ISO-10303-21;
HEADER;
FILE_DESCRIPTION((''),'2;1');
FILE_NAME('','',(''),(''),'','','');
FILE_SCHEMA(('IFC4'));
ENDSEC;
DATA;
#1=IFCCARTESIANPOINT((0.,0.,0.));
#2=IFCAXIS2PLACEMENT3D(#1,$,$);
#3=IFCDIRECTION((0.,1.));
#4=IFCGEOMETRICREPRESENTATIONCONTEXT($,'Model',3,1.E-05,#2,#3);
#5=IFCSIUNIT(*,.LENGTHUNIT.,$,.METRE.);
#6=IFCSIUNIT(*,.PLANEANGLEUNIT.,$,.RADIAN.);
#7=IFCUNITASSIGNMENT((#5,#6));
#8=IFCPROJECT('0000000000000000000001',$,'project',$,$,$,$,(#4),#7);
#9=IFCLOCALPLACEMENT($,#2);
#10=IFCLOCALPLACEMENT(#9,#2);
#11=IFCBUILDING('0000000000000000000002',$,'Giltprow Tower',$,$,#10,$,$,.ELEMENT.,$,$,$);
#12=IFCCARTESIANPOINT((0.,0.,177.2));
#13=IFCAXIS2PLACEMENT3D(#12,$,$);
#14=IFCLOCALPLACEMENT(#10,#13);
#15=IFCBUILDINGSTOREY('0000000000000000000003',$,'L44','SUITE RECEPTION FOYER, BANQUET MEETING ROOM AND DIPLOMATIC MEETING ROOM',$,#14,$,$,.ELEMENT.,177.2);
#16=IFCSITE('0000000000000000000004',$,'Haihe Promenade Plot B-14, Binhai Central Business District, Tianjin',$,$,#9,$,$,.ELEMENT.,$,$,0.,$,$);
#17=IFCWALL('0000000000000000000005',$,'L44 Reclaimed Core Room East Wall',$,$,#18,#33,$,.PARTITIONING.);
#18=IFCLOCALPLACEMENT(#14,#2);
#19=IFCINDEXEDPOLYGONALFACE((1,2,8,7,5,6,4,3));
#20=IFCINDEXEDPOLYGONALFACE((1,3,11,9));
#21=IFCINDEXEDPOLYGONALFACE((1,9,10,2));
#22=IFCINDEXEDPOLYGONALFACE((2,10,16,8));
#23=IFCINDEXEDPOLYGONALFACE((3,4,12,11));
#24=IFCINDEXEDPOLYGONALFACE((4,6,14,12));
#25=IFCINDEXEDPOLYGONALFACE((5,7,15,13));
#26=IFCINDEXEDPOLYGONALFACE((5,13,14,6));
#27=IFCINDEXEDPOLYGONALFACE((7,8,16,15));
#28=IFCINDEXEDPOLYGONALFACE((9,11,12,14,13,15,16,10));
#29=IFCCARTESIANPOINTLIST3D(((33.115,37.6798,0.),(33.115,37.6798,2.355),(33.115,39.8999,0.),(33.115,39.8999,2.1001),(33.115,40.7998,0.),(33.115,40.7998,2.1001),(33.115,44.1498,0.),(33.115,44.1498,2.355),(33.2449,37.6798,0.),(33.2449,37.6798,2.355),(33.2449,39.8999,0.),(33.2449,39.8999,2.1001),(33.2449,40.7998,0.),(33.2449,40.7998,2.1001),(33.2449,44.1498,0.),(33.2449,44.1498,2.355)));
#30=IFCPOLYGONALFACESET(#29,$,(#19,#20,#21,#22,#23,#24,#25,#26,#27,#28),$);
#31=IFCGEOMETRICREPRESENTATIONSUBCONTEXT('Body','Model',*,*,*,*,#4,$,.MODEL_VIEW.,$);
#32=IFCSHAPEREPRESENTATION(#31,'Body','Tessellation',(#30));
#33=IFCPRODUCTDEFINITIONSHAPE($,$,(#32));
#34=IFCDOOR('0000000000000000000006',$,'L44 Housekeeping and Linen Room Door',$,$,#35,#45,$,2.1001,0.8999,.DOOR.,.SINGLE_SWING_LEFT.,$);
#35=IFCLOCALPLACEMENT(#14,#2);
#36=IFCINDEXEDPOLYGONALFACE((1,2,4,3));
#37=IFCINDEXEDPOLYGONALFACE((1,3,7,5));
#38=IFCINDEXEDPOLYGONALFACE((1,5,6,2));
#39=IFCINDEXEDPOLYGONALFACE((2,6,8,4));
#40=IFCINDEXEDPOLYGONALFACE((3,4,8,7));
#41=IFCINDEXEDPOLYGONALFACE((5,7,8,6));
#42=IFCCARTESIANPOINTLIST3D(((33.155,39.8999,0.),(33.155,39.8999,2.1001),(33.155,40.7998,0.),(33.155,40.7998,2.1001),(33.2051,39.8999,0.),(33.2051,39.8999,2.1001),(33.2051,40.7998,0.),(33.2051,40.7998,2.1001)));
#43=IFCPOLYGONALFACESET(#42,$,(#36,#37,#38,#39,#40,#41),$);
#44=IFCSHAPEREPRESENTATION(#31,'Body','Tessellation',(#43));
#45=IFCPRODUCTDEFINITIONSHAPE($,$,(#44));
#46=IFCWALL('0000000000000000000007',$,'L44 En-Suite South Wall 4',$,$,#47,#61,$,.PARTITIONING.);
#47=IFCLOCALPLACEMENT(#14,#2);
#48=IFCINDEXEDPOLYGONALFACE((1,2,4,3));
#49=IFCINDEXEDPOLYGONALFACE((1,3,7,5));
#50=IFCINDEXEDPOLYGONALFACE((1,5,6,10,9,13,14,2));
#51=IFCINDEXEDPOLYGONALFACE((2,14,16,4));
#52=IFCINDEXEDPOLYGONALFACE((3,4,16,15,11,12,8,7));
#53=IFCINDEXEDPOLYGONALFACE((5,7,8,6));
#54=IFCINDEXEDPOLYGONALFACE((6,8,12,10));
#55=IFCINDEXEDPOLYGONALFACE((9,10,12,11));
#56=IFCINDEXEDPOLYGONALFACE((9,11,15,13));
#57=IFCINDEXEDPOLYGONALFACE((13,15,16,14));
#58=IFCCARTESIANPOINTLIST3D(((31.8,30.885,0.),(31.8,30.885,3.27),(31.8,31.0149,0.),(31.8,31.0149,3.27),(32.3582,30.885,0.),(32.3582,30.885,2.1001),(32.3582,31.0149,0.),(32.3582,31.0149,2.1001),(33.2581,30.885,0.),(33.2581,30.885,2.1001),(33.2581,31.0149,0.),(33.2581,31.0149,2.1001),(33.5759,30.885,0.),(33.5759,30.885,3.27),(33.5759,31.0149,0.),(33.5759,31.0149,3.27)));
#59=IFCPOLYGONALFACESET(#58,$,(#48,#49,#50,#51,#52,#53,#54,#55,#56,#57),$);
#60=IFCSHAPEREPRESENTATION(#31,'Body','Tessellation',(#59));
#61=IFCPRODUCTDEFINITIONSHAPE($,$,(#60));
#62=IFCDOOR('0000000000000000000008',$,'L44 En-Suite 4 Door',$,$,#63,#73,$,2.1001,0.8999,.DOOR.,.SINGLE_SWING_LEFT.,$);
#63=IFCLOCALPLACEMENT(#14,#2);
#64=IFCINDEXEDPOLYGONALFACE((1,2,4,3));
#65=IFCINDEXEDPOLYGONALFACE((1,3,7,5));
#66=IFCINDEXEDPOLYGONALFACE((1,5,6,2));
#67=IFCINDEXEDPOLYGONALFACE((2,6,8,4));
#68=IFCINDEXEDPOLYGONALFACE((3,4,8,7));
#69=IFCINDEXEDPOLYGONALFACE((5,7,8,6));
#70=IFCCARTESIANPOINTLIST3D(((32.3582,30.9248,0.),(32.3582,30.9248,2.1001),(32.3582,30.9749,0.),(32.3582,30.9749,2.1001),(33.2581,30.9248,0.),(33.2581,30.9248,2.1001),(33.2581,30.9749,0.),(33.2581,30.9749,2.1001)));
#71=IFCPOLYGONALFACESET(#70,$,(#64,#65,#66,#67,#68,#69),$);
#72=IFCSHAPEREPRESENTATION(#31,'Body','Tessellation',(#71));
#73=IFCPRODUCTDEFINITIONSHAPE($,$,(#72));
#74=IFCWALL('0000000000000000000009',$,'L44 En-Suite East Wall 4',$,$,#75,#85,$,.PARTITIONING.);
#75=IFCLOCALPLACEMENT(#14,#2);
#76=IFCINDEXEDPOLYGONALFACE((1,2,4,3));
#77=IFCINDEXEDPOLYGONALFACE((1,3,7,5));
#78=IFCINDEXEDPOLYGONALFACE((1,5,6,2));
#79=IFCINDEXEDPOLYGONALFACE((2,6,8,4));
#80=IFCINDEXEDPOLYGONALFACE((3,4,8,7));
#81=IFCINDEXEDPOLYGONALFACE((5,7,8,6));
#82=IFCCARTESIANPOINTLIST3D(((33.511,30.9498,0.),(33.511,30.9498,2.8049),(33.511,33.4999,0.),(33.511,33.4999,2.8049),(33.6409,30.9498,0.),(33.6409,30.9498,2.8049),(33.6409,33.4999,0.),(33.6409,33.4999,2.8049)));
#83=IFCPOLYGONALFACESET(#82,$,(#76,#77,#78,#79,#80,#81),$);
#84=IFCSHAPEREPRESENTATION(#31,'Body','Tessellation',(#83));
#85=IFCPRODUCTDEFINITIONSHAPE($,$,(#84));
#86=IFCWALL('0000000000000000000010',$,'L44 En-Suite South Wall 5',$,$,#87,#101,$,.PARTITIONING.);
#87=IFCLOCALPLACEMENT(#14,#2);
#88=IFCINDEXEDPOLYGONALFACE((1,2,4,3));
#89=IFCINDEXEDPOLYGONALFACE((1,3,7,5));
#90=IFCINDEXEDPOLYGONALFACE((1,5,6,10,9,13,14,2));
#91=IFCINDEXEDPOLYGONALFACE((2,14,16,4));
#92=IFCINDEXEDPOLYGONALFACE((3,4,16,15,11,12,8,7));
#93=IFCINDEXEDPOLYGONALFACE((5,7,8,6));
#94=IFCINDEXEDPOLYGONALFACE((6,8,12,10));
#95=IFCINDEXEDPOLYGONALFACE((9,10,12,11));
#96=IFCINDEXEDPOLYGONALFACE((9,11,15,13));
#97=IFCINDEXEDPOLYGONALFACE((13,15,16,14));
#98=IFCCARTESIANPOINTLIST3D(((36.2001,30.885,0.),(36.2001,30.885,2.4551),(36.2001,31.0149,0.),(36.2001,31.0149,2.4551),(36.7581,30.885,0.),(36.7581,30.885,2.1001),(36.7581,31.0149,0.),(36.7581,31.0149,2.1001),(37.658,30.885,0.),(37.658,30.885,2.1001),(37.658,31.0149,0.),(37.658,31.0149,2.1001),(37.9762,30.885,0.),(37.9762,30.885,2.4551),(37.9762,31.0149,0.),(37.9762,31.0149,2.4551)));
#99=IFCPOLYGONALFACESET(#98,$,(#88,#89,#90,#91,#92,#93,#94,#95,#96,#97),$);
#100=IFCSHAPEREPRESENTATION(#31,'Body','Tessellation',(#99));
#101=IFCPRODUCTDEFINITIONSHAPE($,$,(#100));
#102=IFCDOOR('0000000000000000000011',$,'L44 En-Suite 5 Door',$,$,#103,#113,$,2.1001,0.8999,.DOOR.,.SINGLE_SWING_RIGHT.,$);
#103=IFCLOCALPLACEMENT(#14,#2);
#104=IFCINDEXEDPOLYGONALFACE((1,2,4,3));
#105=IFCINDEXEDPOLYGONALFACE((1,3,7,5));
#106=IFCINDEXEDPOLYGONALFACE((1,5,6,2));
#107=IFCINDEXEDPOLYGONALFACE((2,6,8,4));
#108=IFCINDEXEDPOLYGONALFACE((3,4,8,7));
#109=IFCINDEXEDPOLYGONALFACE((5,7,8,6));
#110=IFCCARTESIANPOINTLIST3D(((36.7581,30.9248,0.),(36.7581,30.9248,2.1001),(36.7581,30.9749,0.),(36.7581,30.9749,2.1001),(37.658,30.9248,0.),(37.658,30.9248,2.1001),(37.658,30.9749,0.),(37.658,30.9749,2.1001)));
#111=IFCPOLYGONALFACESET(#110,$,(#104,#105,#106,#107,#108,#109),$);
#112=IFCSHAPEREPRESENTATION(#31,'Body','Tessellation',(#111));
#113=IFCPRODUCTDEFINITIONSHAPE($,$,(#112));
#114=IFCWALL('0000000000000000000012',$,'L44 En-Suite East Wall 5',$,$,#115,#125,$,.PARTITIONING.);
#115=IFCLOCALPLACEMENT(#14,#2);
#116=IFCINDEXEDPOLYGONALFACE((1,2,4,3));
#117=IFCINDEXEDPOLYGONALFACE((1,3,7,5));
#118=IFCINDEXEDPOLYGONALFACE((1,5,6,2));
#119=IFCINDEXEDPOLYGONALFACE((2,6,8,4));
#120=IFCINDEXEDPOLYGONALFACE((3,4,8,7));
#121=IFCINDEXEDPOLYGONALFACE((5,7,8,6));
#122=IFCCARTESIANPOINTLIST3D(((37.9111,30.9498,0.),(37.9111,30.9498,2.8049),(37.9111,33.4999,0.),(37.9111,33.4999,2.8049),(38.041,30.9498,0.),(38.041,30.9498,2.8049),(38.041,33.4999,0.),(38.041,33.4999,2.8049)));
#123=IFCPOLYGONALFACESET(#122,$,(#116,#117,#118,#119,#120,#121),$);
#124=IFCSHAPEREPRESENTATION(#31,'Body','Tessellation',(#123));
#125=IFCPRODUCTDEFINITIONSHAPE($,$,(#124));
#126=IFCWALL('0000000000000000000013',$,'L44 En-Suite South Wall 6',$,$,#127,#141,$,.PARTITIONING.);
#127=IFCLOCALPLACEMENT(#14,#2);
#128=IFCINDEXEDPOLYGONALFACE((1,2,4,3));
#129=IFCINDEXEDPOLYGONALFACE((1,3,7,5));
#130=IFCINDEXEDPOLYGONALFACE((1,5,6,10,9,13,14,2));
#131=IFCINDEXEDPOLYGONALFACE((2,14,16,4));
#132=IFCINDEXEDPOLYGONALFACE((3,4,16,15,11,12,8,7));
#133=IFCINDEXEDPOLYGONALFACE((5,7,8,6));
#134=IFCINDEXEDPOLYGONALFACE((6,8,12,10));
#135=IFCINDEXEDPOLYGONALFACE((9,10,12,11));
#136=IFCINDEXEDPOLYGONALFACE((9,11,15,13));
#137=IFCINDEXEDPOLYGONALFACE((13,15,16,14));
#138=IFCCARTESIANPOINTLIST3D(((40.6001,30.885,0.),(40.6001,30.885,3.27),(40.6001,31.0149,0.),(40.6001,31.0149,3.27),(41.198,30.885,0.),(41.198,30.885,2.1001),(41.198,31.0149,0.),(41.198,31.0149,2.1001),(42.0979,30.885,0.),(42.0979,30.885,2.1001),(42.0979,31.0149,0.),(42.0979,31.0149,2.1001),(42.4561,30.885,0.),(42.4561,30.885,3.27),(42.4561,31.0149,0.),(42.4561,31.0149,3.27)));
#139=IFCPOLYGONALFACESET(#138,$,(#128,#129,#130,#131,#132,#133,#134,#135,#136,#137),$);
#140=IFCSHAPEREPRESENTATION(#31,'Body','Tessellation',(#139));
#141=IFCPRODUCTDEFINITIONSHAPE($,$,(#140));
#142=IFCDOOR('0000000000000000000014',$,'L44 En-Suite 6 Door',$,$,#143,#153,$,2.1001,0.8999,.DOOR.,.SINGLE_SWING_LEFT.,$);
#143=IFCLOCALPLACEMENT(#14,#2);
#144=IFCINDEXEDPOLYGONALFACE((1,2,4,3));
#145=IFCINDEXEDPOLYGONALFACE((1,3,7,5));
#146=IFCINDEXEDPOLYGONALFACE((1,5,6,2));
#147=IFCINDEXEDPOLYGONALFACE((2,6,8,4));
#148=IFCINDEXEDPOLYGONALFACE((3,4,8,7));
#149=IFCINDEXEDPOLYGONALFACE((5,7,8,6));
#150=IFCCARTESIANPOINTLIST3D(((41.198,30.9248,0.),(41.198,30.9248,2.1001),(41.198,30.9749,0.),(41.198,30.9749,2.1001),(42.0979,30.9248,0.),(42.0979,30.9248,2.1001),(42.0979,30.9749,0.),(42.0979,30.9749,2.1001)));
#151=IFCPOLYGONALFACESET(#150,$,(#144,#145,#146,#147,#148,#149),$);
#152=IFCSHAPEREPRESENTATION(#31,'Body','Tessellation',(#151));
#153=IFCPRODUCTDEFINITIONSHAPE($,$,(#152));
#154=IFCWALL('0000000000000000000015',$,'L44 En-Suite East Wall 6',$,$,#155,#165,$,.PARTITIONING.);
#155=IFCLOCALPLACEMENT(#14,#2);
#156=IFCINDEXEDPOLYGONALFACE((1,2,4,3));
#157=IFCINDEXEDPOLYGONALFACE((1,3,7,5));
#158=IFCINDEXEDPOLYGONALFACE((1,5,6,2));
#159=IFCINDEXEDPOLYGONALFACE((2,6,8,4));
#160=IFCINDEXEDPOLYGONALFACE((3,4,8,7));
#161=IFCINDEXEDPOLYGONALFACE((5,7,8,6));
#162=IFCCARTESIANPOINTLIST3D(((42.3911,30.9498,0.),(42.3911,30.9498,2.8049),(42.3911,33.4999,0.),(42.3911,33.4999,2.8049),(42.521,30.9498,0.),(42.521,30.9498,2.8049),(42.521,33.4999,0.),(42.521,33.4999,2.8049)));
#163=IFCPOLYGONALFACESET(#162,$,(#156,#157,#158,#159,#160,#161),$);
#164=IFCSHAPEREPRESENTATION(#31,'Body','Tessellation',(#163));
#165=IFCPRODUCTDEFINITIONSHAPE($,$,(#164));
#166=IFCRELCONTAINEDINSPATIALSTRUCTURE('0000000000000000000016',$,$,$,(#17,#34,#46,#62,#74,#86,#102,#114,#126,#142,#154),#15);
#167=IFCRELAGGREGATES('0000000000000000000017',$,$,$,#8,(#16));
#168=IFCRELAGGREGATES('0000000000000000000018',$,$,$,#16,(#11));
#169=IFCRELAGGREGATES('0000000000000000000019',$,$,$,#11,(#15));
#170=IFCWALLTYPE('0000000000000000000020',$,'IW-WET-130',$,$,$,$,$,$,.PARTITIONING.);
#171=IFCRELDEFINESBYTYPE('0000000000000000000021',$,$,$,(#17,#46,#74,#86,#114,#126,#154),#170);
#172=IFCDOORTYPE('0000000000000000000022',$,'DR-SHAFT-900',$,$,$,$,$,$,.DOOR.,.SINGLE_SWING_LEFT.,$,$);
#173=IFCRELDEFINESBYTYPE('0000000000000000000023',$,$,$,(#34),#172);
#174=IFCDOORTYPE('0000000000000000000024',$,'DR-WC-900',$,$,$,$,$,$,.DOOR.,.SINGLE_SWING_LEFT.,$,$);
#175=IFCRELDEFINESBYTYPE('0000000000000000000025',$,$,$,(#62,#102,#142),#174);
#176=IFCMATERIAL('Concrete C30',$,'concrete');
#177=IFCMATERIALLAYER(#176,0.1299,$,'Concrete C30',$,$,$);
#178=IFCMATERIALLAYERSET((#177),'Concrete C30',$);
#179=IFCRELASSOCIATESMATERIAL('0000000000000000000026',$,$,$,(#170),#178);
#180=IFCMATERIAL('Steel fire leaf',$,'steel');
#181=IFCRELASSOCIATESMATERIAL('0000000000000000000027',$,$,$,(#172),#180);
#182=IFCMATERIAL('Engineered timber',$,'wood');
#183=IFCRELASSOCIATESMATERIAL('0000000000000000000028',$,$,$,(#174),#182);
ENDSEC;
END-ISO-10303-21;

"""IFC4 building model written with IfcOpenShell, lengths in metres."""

from ifc_helpers import new_model, si_unit, direction, frame, frame_2d, origin, place, context, subcontext, project, spatial, rectangle, extrude, source, transform, mapped, material, layer, layer_set, type_object, element, fill, save


model = new_model("IFC4")

# Units and contexts
model_context = context("Model", 3, precision=1e-05, world=origin(), true_north=direction((0.0, 1.0)))
body_context = subcontext(model_context, "Body", "Model", "MODEL_VIEW")
ifc_project = project(units=[si_unit("LENGTHUNIT", "METRE"), si_unit("PLANEANGLEUNIT", "RADIAN")], contexts=[model_context])

# Site, building, storey
site_placement = place(None, origin())
site = spatial("IfcSite", under=ifc_project, at=site_placement, Name="Haihe Promenade Plot B-14, Binhai Central Business District, Tianjin", CompositionType="ELEMENT", RefElevation=0.0)
building_placement = place(site_placement, origin())
building = spatial("IfcBuilding", under=site, at=building_placement, Name="Giltprow Tower", CompositionType="ELEMENT")
storey_placement = place(building_placement, frame((0.0, 0.0, 177.2)))
storey = spatial("IfcBuildingStorey", under=building, at=storey_placement, Name="L44", Description="SUITE RECEPTION FOYER, BANQUET MEETING ROOM AND DIPLOMATIC MEETING ROOM", CompositionType="ELEMENT", Elevation=177.2)

# Walls, openings, doors
ifc_material_1 = material(Name="Concrete C30", Category="concrete")
ifc_layer_1 = layer(ifc_material_1, 0.1299, Name="Concrete C30")
ifc_layer_set_1 = layer_set([ifc_layer_1], Name="Concrete C30")
wall_type_1 = type_object("IfcWallType", Name="IW-WET-130", PredefinedType="PARTITIONING", material=ifc_layer_set_1)
wall_1_placement = place(storey_placement, frame((33.1799, 37.6799, 0.0), z_axis=(0.0, 0.0, 1.0), x_axis=(0.0, 1.0, 0.0)))
wall_1 = element("IfcWall", 1, at=wall_1_placement, inside=storey, type_object=wall_type_1, Name="L44 Reclaimed Core Room East Wall", PredefinedType="PARTITIONING", context=body_context, shape_type="SweptSolid", body=[
    extrude(rectangle(XDim=6.47, YDim=0.1299, at=frame_2d((3.2349, 0.0))), origin(), (0.0, 0.0, 1.0), 2.355),
])
opening_1_placement = place(wall_1_placement, frame((2.22, 0.0, 0.0)))
opening_1 = element("IfcOpeningElement", 2, at=opening_1_placement, cuts=wall_1, PredefinedType="OPENING", context=body_context, shape_type="SweptSolid", body=[
    extrude(rectangle(XDim=0.8999, YDim=2.1001, at=frame_2d((0.45, 1.05))), frame((0.0, 0.075, 0.0), z_axis=(0.0, -1.0, 0.0), x_axis=(1.0, 0.0, 0.0)), (0.0, 0.0, 1.0), 0.1499),
])
ifc_material_2 = material(Name="Steel fire leaf", Category="steel")
door_type_1 = type_object("IfcDoorType", Name="DR-SHAFT-900", OperationType="SINGLE_SWING_LEFT", PredefinedType="DOOR", material=ifc_material_2)
shared_shape_1 = source(origin(), body_context, "Body", "SweptSolid", [
    extrude(rectangle(XDim=0.8999, YDim=2.1001, at=frame_2d((0.45, 1.05))), frame((0.0, 0.0249, 0.0), z_axis=(0.0, -1.0, 0.0), x_axis=(1.0, 0.0, 0.0)), (0.0, 0.0, 1.0), 0.05),
])
door_1_placement = place(opening_1_placement, origin())
door_1 = element("IfcDoor", 3, at=door_1_placement, inside=storey, type_object=door_type_1, Name="L44 Housekeeping and Linen Room Door", OperationType="SINGLE_SWING_LEFT", OverallHeight=2.1001, OverallWidth=0.8999, PredefinedType="DOOR", context=body_context, shape_type="MappedRepresentation", body=[
    mapped(shared_shape_1, transform((0.0, 0.0, 0.0), x_axis=(1.0, 0.0, 0.0), y_axis=(0.0, 1.0, 0.0), z_axis=(0.0, 0.0, 1.0), scale=1.0)),
])
fill(opening_1, door_1)
wall_2_placement = place(storey_placement, frame((31.8, 30.95, 0.0), z_axis=(0.0, 0.0, 1.0), x_axis=(1.0, 0.0, 0.0)))
wall_2 = element("IfcWall", 4, at=wall_2_placement, inside=storey, type_object=wall_type_1, Name="L44 En-Suite South Wall 4", PredefinedType="PARTITIONING", context=body_context, shape_type="SweptSolid", body=[
    extrude(rectangle(XDim=1.7759, YDim=0.1299, at=frame_2d((0.8879, 0.0))), origin(), (0.0, 0.0, 1.0), 3.27),
])
opening_2_placement = place(wall_2_placement, frame((0.5581, 0.0, 0.0)))
opening_2 = element("IfcOpeningElement", 5, at=opening_2_placement, cuts=wall_2, PredefinedType="OPENING", context=body_context, shape_type="SweptSolid", body=[
    extrude(rectangle(XDim=0.8999, YDim=2.1001, at=frame_2d((0.45, 1.05))), frame((0.0, 0.075, 0.0), z_axis=(0.0, -1.0, 0.0), x_axis=(1.0, 0.0, 0.0)), (0.0, 0.0, 1.0), 0.1499),
])
ifc_material_3 = material(Name="Engineered timber", Category="wood")
door_type_2 = type_object("IfcDoorType", Name="DR-WC-900", OperationType="SINGLE_SWING_LEFT", PredefinedType="DOOR", material=ifc_material_3)
door_2_placement = place(opening_2_placement, origin())
door_2 = element("IfcDoor", 6, at=door_2_placement, inside=storey, type_object=door_type_2, Name="L44 En-Suite 4 Door", OperationType="SINGLE_SWING_LEFT", OverallHeight=2.1001, OverallWidth=0.8999, PredefinedType="DOOR", context=body_context, shape_type="MappedRepresentation", body=[
    mapped(shared_shape_1, transform((0.0, 0.0, 0.0), x_axis=(1.0, 0.0, 0.0), y_axis=(0.0, 1.0, 0.0), z_axis=(0.0, 0.0, 1.0), scale=1.0)),
])
fill(opening_2, door_2)

# Wall
wall_3_placement = place(storey_placement, frame((33.5759, 30.95, 0.0), z_axis=(0.0, 0.0, 1.0), x_axis=(0.0, 1.0, 0.0)))
element("IfcWall", 7, at=wall_3_placement, inside=storey, type_object=wall_type_1, Name="L44 En-Suite East Wall 4", PredefinedType="PARTITIONING", context=body_context, shape_type="SweptSolid", body=[
    extrude(rectangle(XDim=2.55, YDim=0.1299, at=frame_2d((1.2749, 0.0))), origin(), (0.0, 0.0, 1.0), 2.8049),
])

# Wall, opening, door
wall_4_placement = place(storey_placement, frame((36.2, 30.95, 0.0), z_axis=(0.0, 0.0, 1.0), x_axis=(1.0, 0.0, 0.0)))
wall_4 = element("IfcWall", 8, at=wall_4_placement, inside=storey, type_object=wall_type_1, Name="L44 En-Suite South Wall 5", PredefinedType="PARTITIONING", context=body_context, shape_type="SweptSolid", body=[
    extrude(rectangle(XDim=1.7761, YDim=0.1299, at=frame_2d((0.8882, 0.0))), origin(), (0.0, 0.0, 1.0), 2.4551),
])
opening_3_placement = place(wall_4_placement, frame((0.5581, 0.0, 0.0)))
opening_3 = element("IfcOpeningElement", 9, at=opening_3_placement, cuts=wall_4, PredefinedType="OPENING", context=body_context, shape_type="SweptSolid", body=[
    extrude(rectangle(XDim=0.8999, YDim=2.1001, at=frame_2d((0.45, 1.05))), frame((0.0, 0.075, 0.0), z_axis=(0.0, -1.0, 0.0), x_axis=(1.0, 0.0, 0.0)), (0.0, 0.0, 1.0), 0.1499),
])
door_3_placement = place(opening_3_placement, origin())
door_3 = element("IfcDoor", 10, at=door_3_placement, inside=storey, type_object=door_type_2, Name="L44 En-Suite 5 Door", OperationType="SINGLE_SWING_RIGHT", OverallHeight=2.1001, OverallWidth=0.8999, PredefinedType="DOOR", context=body_context, shape_type="MappedRepresentation", body=[
    mapped(shared_shape_1, transform((0.0, 0.0, 0.0), x_axis=(1.0, 0.0, 0.0), y_axis=(0.0, 1.0, 0.0), z_axis=(0.0, 0.0, 1.0), scale=1.0)),
])
fill(opening_3, door_3)

# Wall
wall_5_placement = place(storey_placement, frame((37.9761, 30.95, 0.0), z_axis=(0.0, 0.0, 1.0), x_axis=(0.0, 1.0, 0.0)))
element("IfcWall", 11, at=wall_5_placement, inside=storey, type_object=wall_type_1, Name="L44 En-Suite East Wall 5", PredefinedType="PARTITIONING", context=body_context, shape_type="SweptSolid", body=[
    extrude(rectangle(XDim=2.55, YDim=0.1299, at=frame_2d((1.2749, 0.0))), origin(), (0.0, 0.0, 1.0), 2.8049),
])

# Wall, opening, door
wall_6_placement = place(storey_placement, frame((40.6001, 30.95, 0.0), z_axis=(0.0, 0.0, 1.0), x_axis=(1.0, 0.0, 0.0)))
wall_6 = element("IfcWall", 12, at=wall_6_placement, inside=storey, type_object=wall_type_1, Name="L44 En-Suite South Wall 6", PredefinedType="PARTITIONING", context=body_context, shape_type="SweptSolid", body=[
    extrude(rectangle(XDim=1.856, YDim=0.1299, at=frame_2d((0.928, 0.0))), origin(), (0.0, 0.0, 1.0), 3.27),
])
opening_4_placement = place(wall_6_placement, frame((0.5979, 0.0, 0.0)))
opening_4 = element("IfcOpeningElement", 13, at=opening_4_placement, cuts=wall_6, PredefinedType="OPENING", context=body_context, shape_type="SweptSolid", body=[
    extrude(rectangle(XDim=0.8999, YDim=2.1001, at=frame_2d((0.45, 1.05))), frame((0.0, 0.075, 0.0), z_axis=(0.0, -1.0, 0.0), x_axis=(1.0, 0.0, 0.0)), (0.0, 0.0, 1.0), 0.1499),
])
door_4_placement = place(opening_4_placement, origin())
door_4 = element("IfcDoor", 14, at=door_4_placement, inside=storey, type_object=door_type_2, Name="L44 En-Suite 6 Door", OperationType="SINGLE_SWING_LEFT", OverallHeight=2.1001, OverallWidth=0.8999, PredefinedType="DOOR", context=body_context, shape_type="MappedRepresentation", body=[
    mapped(shared_shape_1, transform((0.0, 0.0, 0.0), x_axis=(1.0, 0.0, 0.0), y_axis=(0.0, 1.0, 0.0), z_axis=(0.0, 0.0, 1.0), scale=1.0)),
])
fill(opening_4, door_4)

# Wall
wall_7_placement = place(storey_placement, frame((42.4561, 30.95, 0.0), z_axis=(0.0, 0.0, 1.0), x_axis=(0.0, 1.0, 0.0)))
element("IfcWall", 15, at=wall_7_placement, inside=storey, type_object=wall_type_1, Name="L44 En-Suite East Wall 6", PredefinedType="PARTITIONING", context=body_context, shape_type="SweptSolid", body=[
    extrude(rectangle(XDim=2.55, YDim=0.1299, at=frame_2d((1.2749, 0.0))), origin(), (0.0, 0.0, 1.0), 2.8049),
])

save(model, "model.ifc")
